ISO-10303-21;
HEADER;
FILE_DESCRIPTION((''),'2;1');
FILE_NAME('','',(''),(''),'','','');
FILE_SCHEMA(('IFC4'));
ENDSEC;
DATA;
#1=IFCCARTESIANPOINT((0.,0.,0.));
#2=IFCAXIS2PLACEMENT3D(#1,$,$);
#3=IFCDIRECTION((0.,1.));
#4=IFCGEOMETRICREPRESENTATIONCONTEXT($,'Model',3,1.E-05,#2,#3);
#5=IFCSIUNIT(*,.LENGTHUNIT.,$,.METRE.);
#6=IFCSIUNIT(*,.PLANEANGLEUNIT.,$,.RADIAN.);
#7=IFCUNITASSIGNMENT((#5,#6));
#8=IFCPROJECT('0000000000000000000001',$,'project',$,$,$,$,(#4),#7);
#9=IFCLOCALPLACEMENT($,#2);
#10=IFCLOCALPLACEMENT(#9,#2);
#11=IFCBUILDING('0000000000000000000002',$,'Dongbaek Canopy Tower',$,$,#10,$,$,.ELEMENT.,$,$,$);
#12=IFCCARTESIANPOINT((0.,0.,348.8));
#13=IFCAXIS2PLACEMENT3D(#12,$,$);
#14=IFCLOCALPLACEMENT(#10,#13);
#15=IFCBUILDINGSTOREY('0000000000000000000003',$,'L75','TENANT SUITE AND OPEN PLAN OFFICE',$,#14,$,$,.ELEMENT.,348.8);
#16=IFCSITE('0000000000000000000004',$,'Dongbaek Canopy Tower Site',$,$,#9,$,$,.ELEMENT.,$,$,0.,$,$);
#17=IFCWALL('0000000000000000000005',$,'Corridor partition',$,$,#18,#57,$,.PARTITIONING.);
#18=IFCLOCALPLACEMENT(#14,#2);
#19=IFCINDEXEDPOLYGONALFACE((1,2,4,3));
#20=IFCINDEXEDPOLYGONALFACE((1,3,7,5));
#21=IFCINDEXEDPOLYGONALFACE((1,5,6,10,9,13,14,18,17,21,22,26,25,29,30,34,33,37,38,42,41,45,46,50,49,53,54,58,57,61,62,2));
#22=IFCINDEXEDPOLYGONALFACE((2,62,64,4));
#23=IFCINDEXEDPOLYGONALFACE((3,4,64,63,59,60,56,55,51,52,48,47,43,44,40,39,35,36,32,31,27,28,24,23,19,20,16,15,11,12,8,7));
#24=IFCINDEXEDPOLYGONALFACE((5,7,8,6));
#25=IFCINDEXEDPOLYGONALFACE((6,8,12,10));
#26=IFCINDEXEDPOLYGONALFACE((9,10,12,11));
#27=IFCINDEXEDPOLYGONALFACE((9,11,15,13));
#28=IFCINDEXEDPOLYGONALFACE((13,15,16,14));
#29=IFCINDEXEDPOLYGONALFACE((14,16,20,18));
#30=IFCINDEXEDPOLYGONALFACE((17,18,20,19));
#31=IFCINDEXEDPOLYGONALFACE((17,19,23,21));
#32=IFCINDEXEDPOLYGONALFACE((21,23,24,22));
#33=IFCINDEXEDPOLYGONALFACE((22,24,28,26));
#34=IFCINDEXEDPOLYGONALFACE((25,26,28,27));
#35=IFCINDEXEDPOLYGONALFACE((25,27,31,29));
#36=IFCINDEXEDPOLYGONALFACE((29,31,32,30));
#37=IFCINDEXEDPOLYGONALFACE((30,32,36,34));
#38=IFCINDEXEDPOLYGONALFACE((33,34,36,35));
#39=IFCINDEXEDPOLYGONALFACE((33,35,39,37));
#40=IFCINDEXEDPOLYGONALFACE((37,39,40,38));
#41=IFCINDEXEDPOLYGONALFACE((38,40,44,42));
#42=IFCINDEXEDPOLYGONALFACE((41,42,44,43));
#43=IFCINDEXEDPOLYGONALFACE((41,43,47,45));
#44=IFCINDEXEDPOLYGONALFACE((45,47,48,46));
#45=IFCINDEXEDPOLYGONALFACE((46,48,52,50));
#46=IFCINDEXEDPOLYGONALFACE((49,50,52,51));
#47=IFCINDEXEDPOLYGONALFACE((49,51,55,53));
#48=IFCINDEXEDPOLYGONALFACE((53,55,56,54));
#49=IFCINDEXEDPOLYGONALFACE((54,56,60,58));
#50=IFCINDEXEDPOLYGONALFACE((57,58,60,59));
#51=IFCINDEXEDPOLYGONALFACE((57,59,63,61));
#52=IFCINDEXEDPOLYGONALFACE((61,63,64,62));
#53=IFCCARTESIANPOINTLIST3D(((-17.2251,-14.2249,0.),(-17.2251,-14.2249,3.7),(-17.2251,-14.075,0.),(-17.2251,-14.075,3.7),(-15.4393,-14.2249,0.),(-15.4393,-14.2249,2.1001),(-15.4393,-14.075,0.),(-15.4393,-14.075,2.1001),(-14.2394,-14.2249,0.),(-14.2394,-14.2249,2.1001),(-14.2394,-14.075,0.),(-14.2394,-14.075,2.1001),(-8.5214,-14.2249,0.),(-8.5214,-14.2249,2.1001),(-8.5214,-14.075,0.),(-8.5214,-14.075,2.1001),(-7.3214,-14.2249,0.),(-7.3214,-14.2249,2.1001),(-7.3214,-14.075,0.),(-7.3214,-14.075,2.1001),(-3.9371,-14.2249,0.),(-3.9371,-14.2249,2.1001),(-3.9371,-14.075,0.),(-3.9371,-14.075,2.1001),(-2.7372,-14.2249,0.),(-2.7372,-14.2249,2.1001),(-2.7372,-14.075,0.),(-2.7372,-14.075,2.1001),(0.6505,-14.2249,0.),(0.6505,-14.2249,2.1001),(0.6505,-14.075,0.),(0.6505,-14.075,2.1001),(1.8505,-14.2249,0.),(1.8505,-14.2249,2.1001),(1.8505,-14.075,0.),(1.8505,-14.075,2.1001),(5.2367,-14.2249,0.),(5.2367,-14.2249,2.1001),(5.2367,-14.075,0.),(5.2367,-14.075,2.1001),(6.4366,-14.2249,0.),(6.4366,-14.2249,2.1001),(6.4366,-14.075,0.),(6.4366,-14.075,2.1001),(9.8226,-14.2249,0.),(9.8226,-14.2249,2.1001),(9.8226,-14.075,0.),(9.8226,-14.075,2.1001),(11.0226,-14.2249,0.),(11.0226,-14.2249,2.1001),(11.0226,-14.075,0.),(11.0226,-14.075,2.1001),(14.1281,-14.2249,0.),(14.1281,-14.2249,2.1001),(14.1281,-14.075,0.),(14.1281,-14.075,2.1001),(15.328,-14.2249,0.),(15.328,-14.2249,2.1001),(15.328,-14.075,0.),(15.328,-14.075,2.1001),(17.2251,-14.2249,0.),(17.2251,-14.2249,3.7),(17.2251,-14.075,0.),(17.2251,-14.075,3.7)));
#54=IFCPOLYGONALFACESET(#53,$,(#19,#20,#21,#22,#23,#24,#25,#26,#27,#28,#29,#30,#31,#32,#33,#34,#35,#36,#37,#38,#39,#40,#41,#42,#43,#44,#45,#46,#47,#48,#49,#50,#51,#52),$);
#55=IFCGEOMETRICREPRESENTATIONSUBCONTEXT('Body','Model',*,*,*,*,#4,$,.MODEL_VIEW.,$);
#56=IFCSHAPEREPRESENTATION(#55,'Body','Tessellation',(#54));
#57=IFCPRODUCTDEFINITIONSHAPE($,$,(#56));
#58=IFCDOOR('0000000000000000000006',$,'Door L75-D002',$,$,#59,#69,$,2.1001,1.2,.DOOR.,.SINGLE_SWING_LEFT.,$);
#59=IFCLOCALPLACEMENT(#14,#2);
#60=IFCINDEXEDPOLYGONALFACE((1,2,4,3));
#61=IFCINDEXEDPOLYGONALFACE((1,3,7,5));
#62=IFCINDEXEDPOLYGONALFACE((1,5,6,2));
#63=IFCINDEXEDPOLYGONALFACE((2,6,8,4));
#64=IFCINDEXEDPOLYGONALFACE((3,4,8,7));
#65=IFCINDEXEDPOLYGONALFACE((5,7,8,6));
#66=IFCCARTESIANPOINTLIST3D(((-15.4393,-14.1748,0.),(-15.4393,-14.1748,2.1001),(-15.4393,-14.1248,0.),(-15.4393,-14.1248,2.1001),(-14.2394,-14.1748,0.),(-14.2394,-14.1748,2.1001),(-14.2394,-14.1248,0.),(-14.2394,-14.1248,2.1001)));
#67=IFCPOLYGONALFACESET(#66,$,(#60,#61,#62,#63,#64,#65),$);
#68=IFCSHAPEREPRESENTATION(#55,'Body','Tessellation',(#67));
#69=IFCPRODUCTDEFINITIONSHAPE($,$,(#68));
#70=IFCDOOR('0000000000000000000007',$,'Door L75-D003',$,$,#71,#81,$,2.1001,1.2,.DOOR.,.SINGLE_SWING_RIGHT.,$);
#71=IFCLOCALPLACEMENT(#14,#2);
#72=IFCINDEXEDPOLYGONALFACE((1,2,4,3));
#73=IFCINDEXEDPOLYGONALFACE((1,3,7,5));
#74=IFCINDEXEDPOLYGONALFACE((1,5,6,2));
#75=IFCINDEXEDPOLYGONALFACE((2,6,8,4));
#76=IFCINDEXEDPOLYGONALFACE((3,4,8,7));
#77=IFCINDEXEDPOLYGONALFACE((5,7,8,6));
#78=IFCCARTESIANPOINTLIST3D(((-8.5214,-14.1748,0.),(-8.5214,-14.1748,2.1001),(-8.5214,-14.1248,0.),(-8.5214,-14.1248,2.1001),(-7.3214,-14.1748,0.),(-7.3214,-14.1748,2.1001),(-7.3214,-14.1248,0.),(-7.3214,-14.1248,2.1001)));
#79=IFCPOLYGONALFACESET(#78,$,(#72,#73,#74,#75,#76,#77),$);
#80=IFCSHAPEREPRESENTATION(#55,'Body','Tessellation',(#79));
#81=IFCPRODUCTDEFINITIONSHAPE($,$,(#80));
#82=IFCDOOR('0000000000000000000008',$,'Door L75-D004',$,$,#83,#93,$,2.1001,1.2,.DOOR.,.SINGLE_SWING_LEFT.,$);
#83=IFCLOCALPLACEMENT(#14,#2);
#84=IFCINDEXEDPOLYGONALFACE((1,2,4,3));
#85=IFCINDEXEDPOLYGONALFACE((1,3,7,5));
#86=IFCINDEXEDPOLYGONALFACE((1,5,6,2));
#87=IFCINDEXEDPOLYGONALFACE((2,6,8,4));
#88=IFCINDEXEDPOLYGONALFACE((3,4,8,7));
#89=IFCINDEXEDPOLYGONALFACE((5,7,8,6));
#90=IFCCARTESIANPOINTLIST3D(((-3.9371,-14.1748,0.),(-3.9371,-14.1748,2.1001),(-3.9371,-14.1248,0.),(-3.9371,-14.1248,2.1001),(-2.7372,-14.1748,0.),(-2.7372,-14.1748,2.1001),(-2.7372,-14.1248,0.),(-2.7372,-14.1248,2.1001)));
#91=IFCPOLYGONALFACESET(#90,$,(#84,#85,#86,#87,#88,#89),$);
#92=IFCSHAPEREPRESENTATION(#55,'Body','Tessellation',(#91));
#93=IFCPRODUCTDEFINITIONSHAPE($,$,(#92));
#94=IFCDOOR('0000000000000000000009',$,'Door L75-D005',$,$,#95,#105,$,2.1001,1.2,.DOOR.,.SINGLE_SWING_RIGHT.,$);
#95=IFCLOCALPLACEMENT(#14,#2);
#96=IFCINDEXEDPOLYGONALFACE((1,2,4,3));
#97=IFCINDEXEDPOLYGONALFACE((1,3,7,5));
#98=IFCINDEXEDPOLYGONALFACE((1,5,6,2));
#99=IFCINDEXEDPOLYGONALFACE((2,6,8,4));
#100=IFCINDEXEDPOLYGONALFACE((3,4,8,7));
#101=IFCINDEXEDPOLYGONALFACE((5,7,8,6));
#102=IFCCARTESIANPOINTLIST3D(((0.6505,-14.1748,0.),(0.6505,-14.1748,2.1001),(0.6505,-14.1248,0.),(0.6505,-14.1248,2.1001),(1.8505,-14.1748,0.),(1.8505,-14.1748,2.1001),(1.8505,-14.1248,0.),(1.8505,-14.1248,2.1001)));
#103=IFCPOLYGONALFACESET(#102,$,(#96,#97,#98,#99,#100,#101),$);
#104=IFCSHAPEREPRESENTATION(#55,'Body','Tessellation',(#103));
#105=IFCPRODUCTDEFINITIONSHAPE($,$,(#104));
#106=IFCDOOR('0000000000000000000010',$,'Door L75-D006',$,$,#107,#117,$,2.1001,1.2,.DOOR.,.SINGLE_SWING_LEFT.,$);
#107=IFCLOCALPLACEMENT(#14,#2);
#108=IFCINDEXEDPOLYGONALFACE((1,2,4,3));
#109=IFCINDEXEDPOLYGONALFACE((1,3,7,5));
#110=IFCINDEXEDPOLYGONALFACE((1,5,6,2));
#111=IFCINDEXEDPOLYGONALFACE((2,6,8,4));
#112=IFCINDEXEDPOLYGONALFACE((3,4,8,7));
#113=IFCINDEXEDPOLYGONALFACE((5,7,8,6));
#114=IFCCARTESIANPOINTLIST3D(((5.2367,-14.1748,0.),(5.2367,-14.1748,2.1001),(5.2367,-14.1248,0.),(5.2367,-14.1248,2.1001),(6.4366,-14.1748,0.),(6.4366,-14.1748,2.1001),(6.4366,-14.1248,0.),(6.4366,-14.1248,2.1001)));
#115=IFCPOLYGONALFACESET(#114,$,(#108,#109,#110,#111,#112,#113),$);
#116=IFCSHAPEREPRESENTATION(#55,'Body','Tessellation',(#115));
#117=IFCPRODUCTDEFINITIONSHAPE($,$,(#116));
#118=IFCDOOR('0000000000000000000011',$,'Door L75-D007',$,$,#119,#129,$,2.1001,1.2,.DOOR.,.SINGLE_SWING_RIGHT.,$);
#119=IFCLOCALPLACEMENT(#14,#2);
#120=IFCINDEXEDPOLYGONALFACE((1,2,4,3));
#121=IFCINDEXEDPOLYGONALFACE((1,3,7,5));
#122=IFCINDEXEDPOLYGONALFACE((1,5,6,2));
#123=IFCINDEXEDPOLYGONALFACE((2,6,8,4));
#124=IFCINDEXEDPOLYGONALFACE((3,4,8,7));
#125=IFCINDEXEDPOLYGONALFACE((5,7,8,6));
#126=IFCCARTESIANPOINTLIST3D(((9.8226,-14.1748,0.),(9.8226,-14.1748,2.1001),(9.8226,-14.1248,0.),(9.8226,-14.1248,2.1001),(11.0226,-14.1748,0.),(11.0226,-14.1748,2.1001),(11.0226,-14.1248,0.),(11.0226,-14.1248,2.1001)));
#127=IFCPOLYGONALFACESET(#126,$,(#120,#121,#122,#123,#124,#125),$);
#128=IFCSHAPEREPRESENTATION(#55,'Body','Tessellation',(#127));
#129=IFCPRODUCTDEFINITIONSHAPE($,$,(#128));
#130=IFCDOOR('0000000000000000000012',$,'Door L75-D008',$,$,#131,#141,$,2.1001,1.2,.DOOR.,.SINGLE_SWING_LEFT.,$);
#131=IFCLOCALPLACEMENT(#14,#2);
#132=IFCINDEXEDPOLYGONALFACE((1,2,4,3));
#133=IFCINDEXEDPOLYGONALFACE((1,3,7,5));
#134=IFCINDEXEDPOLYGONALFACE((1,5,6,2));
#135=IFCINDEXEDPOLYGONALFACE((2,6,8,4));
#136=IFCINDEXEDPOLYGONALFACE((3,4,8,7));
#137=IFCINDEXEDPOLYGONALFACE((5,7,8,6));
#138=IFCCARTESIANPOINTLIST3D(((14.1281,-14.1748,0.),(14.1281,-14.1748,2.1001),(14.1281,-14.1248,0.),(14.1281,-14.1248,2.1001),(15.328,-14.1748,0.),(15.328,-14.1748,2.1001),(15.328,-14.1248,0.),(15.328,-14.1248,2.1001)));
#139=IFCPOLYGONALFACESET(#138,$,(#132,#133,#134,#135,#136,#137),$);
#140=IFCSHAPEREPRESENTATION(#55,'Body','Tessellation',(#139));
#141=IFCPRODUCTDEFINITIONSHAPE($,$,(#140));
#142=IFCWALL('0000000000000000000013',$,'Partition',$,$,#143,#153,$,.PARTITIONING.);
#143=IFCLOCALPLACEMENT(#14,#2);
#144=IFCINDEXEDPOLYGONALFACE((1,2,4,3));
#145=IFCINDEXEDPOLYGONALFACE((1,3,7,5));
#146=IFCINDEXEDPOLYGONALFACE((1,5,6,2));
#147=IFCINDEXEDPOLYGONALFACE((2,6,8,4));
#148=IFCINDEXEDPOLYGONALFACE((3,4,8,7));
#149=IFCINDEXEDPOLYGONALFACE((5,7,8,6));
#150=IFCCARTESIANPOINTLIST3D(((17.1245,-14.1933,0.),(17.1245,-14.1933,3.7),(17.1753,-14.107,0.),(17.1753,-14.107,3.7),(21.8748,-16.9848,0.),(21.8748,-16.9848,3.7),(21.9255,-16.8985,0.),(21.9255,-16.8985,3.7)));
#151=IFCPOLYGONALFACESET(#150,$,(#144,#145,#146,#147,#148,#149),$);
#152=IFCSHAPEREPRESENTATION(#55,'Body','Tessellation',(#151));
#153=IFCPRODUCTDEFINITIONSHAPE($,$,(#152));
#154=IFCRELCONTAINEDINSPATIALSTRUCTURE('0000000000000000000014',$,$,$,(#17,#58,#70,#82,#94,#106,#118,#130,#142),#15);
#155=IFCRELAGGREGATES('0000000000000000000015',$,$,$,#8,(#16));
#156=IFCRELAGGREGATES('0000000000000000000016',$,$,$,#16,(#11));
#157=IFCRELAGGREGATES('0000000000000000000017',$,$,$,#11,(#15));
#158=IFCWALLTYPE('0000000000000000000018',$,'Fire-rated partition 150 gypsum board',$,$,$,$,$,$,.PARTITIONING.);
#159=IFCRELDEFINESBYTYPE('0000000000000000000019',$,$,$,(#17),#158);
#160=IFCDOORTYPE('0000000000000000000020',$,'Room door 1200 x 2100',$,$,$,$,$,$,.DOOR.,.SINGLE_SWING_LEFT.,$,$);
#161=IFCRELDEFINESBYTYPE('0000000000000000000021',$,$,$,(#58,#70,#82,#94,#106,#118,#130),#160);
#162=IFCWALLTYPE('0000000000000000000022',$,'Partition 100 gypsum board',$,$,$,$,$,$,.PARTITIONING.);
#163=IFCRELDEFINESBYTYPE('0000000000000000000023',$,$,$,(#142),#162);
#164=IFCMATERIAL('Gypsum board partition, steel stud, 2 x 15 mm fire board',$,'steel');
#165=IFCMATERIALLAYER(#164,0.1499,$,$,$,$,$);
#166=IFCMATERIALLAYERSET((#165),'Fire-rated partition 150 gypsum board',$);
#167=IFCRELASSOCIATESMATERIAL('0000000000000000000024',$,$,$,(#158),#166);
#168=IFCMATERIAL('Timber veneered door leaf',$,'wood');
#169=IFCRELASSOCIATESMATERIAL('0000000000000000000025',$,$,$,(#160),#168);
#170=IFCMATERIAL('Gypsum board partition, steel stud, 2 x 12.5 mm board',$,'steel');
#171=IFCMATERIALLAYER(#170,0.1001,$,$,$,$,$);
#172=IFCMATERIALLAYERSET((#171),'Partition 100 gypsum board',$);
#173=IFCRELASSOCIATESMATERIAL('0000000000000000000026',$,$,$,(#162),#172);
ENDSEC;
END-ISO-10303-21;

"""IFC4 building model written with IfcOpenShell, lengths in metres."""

from ifc_helpers import new_model, si_unit, direction, frame, frame_2d, origin, place, context, subcontext, project, spatial, rectangle, extrude, material, layer, layer_set, type_object, element, fill, save


model = new_model("IFC4")

# Units and contexts
model_context = context("Model", 3, precision=1e-05, world=origin(), true_north=direction((0.0, 1.0)))
body_context = subcontext(model_context, "Body", "Model", "MODEL_VIEW")
ifc_project = project(units=[si_unit("LENGTHUNIT", "METRE"), si_unit("PLANEANGLEUNIT", "RADIAN")], contexts=[model_context])

# Site, building, storey
site_placement = place(None, origin())
site = spatial("IfcSite", under=ifc_project, at=site_placement, Name="Dongbaek Canopy Tower Site", CompositionType="ELEMENT", RefElevation=0.0)
building_placement = place(site_placement, origin())
building = spatial("IfcBuilding", under=site, at=building_placement, Name="Dongbaek Canopy Tower", CompositionType="ELEMENT")
storey_placement = place(building_placement, frame((0.0, 0.0, 348.8)))
storey = spatial("IfcBuildingStorey", under=building, at=storey_placement, Name="L75", Description="TENANT SUITE AND OPEN PLAN OFFICE", CompositionType="ELEMENT", Elevation=348.8)

# Wall, openings, doors
ifc_material_1 = material(Name="Gypsum board partition, steel stud, 2 x 15 mm fire board", Category="steel")
ifc_layer_1 = layer(ifc_material_1, 0.1499)
ifc_layer_set_1 = layer_set([ifc_layer_1], Name="Fire-rated partition 150 gypsum board")
wall_type_1 = type_object("IfcWallType", Name="Fire-rated partition 150 gypsum board", PredefinedType="PARTITIONING", material=ifc_layer_set_1)
wall_1_placement = place(storey_placement, frame((17.2251, -14.1499, 0.0), z_axis=(0.0, 0.0, 1.0), x_axis=(-1.0, 0.0, 0.0)))
wall_1 = element("IfcWall", 1, at=wall_1_placement, inside=storey, type_object=wall_type_1, Name="Corridor partition", PredefinedType="PARTITIONING", context=body_context, shape_type="SweptSolid", body=[
    extrude(rectangle(XDim=34.4502, YDim=0.1499, at=frame_2d((17.2251, 0.0))), origin(), (0.0, 0.0, 1.0), 3.7),
])
opening_1_placement = place(wall_1_placement, frame((31.4644, 0.0, 0.0)))
opening_1 = element("IfcOpeningElement", 2, at=opening_1_placement, cuts=wall_1, PredefinedType="OPENING", context=body_context, shape_type="SweptSolid", body=[
    extrude(rectangle(XDim=1.2, YDim=2.1001, at=frame_2d((0.6001, 1.05))), frame((0.0, 0.085, 0.0), z_axis=(0.0, -1.0, 0.0), x_axis=(1.0, 0.0, 0.0)), (0.0, 0.0, 1.0), 0.1699),
])
opening_2_placement = place(wall_1_placement, frame((24.5464, 0.0, 0.0)))
opening_2 = element("IfcOpeningElement", 3, at=opening_2_placement, cuts=wall_1, PredefinedType="OPENING", context=body_context, shape_type="SweptSolid", body=[
    extrude(rectangle(XDim=1.2, YDim=2.1001, at=frame_2d((0.6001, 1.05))), frame((0.0, 0.085, 0.0), z_axis=(0.0, -1.0, 0.0), x_axis=(1.0, 0.0, 0.0)), (0.0, 0.0, 1.0), 0.1699),
])
opening_3_placement = place(wall_1_placement, frame((19.9622, 0.0, 0.0)))
opening_3 = element("IfcOpeningElement", 4, at=opening_3_placement, cuts=wall_1, PredefinedType="OPENING", context=body_context, shape_type="SweptSolid", body=[
    extrude(rectangle(XDim=1.2, YDim=2.1001, at=frame_2d((0.6001, 1.05))), frame((0.0, 0.085, 0.0), z_axis=(0.0, -1.0, 0.0), x_axis=(1.0, 0.0, 0.0)), (0.0, 0.0, 1.0), 0.1699),
])
opening_4_placement = place(wall_1_placement, frame((15.3745, 0.0, 0.0)))
opening_4 = element("IfcOpeningElement", 5, at=opening_4_placement, cuts=wall_1, PredefinedType="OPENING", context=body_context, shape_type="SweptSolid", body=[
    extrude(rectangle(XDim=1.2, YDim=2.1001, at=frame_2d((0.6001, 1.05))), frame((0.0, 0.085, 0.0), z_axis=(0.0, -1.0, 0.0), x_axis=(1.0, 0.0, 0.0)), (0.0, 0.0, 1.0), 0.1699),
])
opening_5_placement = place(wall_1_placement, frame((10.7883, 0.0, 0.0)))
opening_5 = element("IfcOpeningElement", 6, at=opening_5_placement, cuts=wall_1, PredefinedType="OPENING", context=body_context, shape_type="SweptSolid", body=[
    extrude(rectangle(XDim=1.2, YDim=2.1001, at=frame_2d((0.6001, 1.05))), frame((0.0, 0.085, 0.0), z_axis=(0.0, -1.0, 0.0), x_axis=(1.0, 0.0, 0.0)), (0.0, 0.0, 1.0), 0.1699),
])
opening_6_placement = place(wall_1_placement, frame((6.2024, 0.0, 0.0)))
opening_6 = element("IfcOpeningElement", 7, at=opening_6_placement, cuts=wall_1, PredefinedType="OPENING", context=body_context, shape_type="SweptSolid", body=[
    extrude(rectangle(XDim=1.2, YDim=2.1001, at=frame_2d((0.6001, 1.05))), frame((0.0, 0.085, 0.0), z_axis=(0.0, -1.0, 0.0), x_axis=(1.0, 0.0, 0.0)), (0.0, 0.0, 1.0), 0.1699),
])
opening_7_placement = place(wall_1_placement, frame((1.897, 0.0, 0.0)))
opening_7 = element("IfcOpeningElement", 8, at=opening_7_placement, cuts=wall_1, PredefinedType="OPENING", context=body_context, shape_type="SweptSolid", body=[
    extrude(rectangle(XDim=1.2, YDim=2.1001, at=frame_2d((0.6001, 1.05))), frame((0.0, 0.085, 0.0), z_axis=(0.0, -1.0, 0.0), x_axis=(1.0, 0.0, 0.0)), (0.0, 0.0, 1.0), 0.1699),
])
ifc_material_2 = material(Name="Timber veneered door leaf", Category="wood")
door_type = type_object("IfcDoorType", Name="Room door 1200 x 2100", OperationType="SINGLE_SWING_LEFT", PredefinedType="DOOR", material=ifc_material_2)
door_1_placement = place(opening_1_placement, origin())
door_1 = element("IfcDoor", 9, at=door_1_placement, inside=storey, type_object=door_type, Name="Door L75-D002", OperationType="SINGLE_SWING_LEFT", OverallHeight=2.1001, OverallWidth=1.2, PredefinedType="DOOR", context=body_context, shape_type="SweptSolid", body=[
    extrude(rectangle(XDim=1.2, YDim=2.1001, at=frame_2d((0.6001, 1.05))), frame((0.0, 0.0249, 0.0), z_axis=(0.0, -1.0, 0.0), x_axis=(1.0, 0.0, 0.0)), (0.0, 0.0, 1.0), 0.05),
])
fill(opening_1, door_1)
door_2_placement = place(opening_2_placement, origin())
door_2 = element("IfcDoor", 10, at=door_2_placement, inside=storey, type_object=door_type, Name="Door L75-D003", OperationType="SINGLE_SWING_RIGHT", OverallHeight=2.1001, OverallWidth=1.2, PredefinedType="DOOR", context=body_context, shape_type="SweptSolid", body=[
    extrude(rectangle(XDim=1.2, YDim=2.1001, at=frame_2d((0.6001, 1.05))), frame((0.0, 0.0249, 0.0), z_axis=(0.0, -1.0, 0.0), x_axis=(1.0, 0.0, 0.0)), (0.0, 0.0, 1.0), 0.05),
])
fill(opening_2, door_2)
door_3_placement = place(opening_3_placement, origin())
door_3 = element("IfcDoor", 11, at=door_3_placement, inside=storey, type_object=door_type, Name="Door L75-D004", OperationType="SINGLE_SWING_LEFT", OverallHeight=2.1001, OverallWidth=1.2, PredefinedType="DOOR", context=body_context, shape_type="SweptSolid", body=[
    extrude(rectangle(XDim=1.2, YDim=2.1001, at=frame_2d((0.6001, 1.05))), frame((0.0, 0.0249, 0.0), z_axis=(0.0, -1.0, 0.0), x_axis=(1.0, 0.0, 0.0)), (0.0, 0.0, 1.0), 0.05),
])
fill(opening_3, door_3)
door_4_placement = place(opening_4_placement, origin())
door_4 = element("IfcDoor", 12, at=door_4_placement, inside=storey, type_object=door_type, Name="Door L75-D005", OperationType="SINGLE_SWING_RIGHT", OverallHeight=2.1001, OverallWidth=1.2, PredefinedType="DOOR", context=body_context, shape_type="SweptSolid", body=[
    extrude(rectangle(XDim=1.2, YDim=2.1001, at=frame_2d((0.6001, 1.05))), frame((0.0, 0.0249, 0.0), z_axis=(0.0, -1.0, 0.0), x_axis=(1.0, 0.0, 0.0)), (0.0, 0.0, 1.0), 0.05),
])
fill(opening_4, door_4)
door_5_placement = place(opening_5_placement, origin())
door_5 = element("IfcDoor", 13, at=door_5_placement, inside=storey, type_object=door_type, Name="Door L75-D006", OperationType="SINGLE_SWING_LEFT", OverallHeight=2.1001, OverallWidth=1.2, PredefinedType="DOOR", context=body_context, shape_type="SweptSolid", body=[
    extrude(rectangle(XDim=1.2, YDim=2.1001, at=frame_2d((0.6001, 1.05))), frame((0.0, 0.0249, 0.0), z_axis=(0.0, -1.0, 0.0), x_axis=(1.0, 0.0, 0.0)), (0.0, 0.0, 1.0), 0.05),
])
fill(opening_5, door_5)
door_6_placement = place(opening_6_placement, origin())
door_6 = element("IfcDoor", 14, at=door_6_placement, inside=storey, type_object=door_type, Name="Door L75-D007", OperationType="SINGLE_SWING_RIGHT", OverallHeight=2.1001, OverallWidth=1.2, PredefinedType="DOOR", context=body_context, shape_type="SweptSolid", body=[
    extrude(rectangle(XDim=1.2, YDim=2.1001, at=frame_2d((0.6001, 1.05))), frame((0.0, 0.0249, 0.0), z_axis=(0.0, -1.0, 0.0), x_axis=(1.0, 0.0, 0.0)), (0.0, 0.0, 1.0), 0.05),
])
fill(opening_6, door_6)
door_7_placement = place(opening_7_placement, origin())
door_7 = element("IfcDoor", 15, at=door_7_placement, inside=storey, type_object=door_type, Name="Door L75-D008", OperationType="SINGLE_SWING_LEFT", OverallHeight=2.1001, OverallWidth=1.2, PredefinedType="DOOR", context=body_context, shape_type="SweptSolid", body=[
    extrude(rectangle(XDim=1.2, YDim=2.1001, at=frame_2d((0.6001, 1.05))), frame((0.0, 0.0249, 0.0), z_axis=(0.0, -1.0, 0.0), x_axis=(1.0, 0.0, 0.0)), (0.0, 0.0, 1.0), 0.05),
])
fill(opening_7, door_7)

# Wall
ifc_material_3 = material(Name="Gypsum board partition, steel stud, 2 x 12.5 mm board", Category="steel")
ifc_layer_2 = layer(ifc_material_3, 0.1001)
ifc_layer_set_2 = layer_set([ifc_layer_2], Name="Partition 100 gypsum board")
wall_type_2 = type_object("IfcWallType", Name="Partition 100 gypsum board", PredefinedType="PARTITIONING", material=ifc_layer_set_2)
wall_2_placement = place(storey_placement, frame((17.1499, -14.1501, 0.0), z_axis=(0.0, 0.0, 1.0), x_axis=(0.862153, -0.506648, 0.0)))
element("IfcWall", 16, at=wall_2_placement, inside=storey, type_object=wall_type_2, Name="Partition", PredefinedType="PARTITIONING", context=body_context, shape_type="SweptSolid", body=[
    extrude(rectangle(XDim=5.5098, YDim=0.1001, at=frame_2d((2.7549, 0.0))), origin(), (0.0, 0.0, 1.0), 3.7),
])

save(model, "model.ifc")
